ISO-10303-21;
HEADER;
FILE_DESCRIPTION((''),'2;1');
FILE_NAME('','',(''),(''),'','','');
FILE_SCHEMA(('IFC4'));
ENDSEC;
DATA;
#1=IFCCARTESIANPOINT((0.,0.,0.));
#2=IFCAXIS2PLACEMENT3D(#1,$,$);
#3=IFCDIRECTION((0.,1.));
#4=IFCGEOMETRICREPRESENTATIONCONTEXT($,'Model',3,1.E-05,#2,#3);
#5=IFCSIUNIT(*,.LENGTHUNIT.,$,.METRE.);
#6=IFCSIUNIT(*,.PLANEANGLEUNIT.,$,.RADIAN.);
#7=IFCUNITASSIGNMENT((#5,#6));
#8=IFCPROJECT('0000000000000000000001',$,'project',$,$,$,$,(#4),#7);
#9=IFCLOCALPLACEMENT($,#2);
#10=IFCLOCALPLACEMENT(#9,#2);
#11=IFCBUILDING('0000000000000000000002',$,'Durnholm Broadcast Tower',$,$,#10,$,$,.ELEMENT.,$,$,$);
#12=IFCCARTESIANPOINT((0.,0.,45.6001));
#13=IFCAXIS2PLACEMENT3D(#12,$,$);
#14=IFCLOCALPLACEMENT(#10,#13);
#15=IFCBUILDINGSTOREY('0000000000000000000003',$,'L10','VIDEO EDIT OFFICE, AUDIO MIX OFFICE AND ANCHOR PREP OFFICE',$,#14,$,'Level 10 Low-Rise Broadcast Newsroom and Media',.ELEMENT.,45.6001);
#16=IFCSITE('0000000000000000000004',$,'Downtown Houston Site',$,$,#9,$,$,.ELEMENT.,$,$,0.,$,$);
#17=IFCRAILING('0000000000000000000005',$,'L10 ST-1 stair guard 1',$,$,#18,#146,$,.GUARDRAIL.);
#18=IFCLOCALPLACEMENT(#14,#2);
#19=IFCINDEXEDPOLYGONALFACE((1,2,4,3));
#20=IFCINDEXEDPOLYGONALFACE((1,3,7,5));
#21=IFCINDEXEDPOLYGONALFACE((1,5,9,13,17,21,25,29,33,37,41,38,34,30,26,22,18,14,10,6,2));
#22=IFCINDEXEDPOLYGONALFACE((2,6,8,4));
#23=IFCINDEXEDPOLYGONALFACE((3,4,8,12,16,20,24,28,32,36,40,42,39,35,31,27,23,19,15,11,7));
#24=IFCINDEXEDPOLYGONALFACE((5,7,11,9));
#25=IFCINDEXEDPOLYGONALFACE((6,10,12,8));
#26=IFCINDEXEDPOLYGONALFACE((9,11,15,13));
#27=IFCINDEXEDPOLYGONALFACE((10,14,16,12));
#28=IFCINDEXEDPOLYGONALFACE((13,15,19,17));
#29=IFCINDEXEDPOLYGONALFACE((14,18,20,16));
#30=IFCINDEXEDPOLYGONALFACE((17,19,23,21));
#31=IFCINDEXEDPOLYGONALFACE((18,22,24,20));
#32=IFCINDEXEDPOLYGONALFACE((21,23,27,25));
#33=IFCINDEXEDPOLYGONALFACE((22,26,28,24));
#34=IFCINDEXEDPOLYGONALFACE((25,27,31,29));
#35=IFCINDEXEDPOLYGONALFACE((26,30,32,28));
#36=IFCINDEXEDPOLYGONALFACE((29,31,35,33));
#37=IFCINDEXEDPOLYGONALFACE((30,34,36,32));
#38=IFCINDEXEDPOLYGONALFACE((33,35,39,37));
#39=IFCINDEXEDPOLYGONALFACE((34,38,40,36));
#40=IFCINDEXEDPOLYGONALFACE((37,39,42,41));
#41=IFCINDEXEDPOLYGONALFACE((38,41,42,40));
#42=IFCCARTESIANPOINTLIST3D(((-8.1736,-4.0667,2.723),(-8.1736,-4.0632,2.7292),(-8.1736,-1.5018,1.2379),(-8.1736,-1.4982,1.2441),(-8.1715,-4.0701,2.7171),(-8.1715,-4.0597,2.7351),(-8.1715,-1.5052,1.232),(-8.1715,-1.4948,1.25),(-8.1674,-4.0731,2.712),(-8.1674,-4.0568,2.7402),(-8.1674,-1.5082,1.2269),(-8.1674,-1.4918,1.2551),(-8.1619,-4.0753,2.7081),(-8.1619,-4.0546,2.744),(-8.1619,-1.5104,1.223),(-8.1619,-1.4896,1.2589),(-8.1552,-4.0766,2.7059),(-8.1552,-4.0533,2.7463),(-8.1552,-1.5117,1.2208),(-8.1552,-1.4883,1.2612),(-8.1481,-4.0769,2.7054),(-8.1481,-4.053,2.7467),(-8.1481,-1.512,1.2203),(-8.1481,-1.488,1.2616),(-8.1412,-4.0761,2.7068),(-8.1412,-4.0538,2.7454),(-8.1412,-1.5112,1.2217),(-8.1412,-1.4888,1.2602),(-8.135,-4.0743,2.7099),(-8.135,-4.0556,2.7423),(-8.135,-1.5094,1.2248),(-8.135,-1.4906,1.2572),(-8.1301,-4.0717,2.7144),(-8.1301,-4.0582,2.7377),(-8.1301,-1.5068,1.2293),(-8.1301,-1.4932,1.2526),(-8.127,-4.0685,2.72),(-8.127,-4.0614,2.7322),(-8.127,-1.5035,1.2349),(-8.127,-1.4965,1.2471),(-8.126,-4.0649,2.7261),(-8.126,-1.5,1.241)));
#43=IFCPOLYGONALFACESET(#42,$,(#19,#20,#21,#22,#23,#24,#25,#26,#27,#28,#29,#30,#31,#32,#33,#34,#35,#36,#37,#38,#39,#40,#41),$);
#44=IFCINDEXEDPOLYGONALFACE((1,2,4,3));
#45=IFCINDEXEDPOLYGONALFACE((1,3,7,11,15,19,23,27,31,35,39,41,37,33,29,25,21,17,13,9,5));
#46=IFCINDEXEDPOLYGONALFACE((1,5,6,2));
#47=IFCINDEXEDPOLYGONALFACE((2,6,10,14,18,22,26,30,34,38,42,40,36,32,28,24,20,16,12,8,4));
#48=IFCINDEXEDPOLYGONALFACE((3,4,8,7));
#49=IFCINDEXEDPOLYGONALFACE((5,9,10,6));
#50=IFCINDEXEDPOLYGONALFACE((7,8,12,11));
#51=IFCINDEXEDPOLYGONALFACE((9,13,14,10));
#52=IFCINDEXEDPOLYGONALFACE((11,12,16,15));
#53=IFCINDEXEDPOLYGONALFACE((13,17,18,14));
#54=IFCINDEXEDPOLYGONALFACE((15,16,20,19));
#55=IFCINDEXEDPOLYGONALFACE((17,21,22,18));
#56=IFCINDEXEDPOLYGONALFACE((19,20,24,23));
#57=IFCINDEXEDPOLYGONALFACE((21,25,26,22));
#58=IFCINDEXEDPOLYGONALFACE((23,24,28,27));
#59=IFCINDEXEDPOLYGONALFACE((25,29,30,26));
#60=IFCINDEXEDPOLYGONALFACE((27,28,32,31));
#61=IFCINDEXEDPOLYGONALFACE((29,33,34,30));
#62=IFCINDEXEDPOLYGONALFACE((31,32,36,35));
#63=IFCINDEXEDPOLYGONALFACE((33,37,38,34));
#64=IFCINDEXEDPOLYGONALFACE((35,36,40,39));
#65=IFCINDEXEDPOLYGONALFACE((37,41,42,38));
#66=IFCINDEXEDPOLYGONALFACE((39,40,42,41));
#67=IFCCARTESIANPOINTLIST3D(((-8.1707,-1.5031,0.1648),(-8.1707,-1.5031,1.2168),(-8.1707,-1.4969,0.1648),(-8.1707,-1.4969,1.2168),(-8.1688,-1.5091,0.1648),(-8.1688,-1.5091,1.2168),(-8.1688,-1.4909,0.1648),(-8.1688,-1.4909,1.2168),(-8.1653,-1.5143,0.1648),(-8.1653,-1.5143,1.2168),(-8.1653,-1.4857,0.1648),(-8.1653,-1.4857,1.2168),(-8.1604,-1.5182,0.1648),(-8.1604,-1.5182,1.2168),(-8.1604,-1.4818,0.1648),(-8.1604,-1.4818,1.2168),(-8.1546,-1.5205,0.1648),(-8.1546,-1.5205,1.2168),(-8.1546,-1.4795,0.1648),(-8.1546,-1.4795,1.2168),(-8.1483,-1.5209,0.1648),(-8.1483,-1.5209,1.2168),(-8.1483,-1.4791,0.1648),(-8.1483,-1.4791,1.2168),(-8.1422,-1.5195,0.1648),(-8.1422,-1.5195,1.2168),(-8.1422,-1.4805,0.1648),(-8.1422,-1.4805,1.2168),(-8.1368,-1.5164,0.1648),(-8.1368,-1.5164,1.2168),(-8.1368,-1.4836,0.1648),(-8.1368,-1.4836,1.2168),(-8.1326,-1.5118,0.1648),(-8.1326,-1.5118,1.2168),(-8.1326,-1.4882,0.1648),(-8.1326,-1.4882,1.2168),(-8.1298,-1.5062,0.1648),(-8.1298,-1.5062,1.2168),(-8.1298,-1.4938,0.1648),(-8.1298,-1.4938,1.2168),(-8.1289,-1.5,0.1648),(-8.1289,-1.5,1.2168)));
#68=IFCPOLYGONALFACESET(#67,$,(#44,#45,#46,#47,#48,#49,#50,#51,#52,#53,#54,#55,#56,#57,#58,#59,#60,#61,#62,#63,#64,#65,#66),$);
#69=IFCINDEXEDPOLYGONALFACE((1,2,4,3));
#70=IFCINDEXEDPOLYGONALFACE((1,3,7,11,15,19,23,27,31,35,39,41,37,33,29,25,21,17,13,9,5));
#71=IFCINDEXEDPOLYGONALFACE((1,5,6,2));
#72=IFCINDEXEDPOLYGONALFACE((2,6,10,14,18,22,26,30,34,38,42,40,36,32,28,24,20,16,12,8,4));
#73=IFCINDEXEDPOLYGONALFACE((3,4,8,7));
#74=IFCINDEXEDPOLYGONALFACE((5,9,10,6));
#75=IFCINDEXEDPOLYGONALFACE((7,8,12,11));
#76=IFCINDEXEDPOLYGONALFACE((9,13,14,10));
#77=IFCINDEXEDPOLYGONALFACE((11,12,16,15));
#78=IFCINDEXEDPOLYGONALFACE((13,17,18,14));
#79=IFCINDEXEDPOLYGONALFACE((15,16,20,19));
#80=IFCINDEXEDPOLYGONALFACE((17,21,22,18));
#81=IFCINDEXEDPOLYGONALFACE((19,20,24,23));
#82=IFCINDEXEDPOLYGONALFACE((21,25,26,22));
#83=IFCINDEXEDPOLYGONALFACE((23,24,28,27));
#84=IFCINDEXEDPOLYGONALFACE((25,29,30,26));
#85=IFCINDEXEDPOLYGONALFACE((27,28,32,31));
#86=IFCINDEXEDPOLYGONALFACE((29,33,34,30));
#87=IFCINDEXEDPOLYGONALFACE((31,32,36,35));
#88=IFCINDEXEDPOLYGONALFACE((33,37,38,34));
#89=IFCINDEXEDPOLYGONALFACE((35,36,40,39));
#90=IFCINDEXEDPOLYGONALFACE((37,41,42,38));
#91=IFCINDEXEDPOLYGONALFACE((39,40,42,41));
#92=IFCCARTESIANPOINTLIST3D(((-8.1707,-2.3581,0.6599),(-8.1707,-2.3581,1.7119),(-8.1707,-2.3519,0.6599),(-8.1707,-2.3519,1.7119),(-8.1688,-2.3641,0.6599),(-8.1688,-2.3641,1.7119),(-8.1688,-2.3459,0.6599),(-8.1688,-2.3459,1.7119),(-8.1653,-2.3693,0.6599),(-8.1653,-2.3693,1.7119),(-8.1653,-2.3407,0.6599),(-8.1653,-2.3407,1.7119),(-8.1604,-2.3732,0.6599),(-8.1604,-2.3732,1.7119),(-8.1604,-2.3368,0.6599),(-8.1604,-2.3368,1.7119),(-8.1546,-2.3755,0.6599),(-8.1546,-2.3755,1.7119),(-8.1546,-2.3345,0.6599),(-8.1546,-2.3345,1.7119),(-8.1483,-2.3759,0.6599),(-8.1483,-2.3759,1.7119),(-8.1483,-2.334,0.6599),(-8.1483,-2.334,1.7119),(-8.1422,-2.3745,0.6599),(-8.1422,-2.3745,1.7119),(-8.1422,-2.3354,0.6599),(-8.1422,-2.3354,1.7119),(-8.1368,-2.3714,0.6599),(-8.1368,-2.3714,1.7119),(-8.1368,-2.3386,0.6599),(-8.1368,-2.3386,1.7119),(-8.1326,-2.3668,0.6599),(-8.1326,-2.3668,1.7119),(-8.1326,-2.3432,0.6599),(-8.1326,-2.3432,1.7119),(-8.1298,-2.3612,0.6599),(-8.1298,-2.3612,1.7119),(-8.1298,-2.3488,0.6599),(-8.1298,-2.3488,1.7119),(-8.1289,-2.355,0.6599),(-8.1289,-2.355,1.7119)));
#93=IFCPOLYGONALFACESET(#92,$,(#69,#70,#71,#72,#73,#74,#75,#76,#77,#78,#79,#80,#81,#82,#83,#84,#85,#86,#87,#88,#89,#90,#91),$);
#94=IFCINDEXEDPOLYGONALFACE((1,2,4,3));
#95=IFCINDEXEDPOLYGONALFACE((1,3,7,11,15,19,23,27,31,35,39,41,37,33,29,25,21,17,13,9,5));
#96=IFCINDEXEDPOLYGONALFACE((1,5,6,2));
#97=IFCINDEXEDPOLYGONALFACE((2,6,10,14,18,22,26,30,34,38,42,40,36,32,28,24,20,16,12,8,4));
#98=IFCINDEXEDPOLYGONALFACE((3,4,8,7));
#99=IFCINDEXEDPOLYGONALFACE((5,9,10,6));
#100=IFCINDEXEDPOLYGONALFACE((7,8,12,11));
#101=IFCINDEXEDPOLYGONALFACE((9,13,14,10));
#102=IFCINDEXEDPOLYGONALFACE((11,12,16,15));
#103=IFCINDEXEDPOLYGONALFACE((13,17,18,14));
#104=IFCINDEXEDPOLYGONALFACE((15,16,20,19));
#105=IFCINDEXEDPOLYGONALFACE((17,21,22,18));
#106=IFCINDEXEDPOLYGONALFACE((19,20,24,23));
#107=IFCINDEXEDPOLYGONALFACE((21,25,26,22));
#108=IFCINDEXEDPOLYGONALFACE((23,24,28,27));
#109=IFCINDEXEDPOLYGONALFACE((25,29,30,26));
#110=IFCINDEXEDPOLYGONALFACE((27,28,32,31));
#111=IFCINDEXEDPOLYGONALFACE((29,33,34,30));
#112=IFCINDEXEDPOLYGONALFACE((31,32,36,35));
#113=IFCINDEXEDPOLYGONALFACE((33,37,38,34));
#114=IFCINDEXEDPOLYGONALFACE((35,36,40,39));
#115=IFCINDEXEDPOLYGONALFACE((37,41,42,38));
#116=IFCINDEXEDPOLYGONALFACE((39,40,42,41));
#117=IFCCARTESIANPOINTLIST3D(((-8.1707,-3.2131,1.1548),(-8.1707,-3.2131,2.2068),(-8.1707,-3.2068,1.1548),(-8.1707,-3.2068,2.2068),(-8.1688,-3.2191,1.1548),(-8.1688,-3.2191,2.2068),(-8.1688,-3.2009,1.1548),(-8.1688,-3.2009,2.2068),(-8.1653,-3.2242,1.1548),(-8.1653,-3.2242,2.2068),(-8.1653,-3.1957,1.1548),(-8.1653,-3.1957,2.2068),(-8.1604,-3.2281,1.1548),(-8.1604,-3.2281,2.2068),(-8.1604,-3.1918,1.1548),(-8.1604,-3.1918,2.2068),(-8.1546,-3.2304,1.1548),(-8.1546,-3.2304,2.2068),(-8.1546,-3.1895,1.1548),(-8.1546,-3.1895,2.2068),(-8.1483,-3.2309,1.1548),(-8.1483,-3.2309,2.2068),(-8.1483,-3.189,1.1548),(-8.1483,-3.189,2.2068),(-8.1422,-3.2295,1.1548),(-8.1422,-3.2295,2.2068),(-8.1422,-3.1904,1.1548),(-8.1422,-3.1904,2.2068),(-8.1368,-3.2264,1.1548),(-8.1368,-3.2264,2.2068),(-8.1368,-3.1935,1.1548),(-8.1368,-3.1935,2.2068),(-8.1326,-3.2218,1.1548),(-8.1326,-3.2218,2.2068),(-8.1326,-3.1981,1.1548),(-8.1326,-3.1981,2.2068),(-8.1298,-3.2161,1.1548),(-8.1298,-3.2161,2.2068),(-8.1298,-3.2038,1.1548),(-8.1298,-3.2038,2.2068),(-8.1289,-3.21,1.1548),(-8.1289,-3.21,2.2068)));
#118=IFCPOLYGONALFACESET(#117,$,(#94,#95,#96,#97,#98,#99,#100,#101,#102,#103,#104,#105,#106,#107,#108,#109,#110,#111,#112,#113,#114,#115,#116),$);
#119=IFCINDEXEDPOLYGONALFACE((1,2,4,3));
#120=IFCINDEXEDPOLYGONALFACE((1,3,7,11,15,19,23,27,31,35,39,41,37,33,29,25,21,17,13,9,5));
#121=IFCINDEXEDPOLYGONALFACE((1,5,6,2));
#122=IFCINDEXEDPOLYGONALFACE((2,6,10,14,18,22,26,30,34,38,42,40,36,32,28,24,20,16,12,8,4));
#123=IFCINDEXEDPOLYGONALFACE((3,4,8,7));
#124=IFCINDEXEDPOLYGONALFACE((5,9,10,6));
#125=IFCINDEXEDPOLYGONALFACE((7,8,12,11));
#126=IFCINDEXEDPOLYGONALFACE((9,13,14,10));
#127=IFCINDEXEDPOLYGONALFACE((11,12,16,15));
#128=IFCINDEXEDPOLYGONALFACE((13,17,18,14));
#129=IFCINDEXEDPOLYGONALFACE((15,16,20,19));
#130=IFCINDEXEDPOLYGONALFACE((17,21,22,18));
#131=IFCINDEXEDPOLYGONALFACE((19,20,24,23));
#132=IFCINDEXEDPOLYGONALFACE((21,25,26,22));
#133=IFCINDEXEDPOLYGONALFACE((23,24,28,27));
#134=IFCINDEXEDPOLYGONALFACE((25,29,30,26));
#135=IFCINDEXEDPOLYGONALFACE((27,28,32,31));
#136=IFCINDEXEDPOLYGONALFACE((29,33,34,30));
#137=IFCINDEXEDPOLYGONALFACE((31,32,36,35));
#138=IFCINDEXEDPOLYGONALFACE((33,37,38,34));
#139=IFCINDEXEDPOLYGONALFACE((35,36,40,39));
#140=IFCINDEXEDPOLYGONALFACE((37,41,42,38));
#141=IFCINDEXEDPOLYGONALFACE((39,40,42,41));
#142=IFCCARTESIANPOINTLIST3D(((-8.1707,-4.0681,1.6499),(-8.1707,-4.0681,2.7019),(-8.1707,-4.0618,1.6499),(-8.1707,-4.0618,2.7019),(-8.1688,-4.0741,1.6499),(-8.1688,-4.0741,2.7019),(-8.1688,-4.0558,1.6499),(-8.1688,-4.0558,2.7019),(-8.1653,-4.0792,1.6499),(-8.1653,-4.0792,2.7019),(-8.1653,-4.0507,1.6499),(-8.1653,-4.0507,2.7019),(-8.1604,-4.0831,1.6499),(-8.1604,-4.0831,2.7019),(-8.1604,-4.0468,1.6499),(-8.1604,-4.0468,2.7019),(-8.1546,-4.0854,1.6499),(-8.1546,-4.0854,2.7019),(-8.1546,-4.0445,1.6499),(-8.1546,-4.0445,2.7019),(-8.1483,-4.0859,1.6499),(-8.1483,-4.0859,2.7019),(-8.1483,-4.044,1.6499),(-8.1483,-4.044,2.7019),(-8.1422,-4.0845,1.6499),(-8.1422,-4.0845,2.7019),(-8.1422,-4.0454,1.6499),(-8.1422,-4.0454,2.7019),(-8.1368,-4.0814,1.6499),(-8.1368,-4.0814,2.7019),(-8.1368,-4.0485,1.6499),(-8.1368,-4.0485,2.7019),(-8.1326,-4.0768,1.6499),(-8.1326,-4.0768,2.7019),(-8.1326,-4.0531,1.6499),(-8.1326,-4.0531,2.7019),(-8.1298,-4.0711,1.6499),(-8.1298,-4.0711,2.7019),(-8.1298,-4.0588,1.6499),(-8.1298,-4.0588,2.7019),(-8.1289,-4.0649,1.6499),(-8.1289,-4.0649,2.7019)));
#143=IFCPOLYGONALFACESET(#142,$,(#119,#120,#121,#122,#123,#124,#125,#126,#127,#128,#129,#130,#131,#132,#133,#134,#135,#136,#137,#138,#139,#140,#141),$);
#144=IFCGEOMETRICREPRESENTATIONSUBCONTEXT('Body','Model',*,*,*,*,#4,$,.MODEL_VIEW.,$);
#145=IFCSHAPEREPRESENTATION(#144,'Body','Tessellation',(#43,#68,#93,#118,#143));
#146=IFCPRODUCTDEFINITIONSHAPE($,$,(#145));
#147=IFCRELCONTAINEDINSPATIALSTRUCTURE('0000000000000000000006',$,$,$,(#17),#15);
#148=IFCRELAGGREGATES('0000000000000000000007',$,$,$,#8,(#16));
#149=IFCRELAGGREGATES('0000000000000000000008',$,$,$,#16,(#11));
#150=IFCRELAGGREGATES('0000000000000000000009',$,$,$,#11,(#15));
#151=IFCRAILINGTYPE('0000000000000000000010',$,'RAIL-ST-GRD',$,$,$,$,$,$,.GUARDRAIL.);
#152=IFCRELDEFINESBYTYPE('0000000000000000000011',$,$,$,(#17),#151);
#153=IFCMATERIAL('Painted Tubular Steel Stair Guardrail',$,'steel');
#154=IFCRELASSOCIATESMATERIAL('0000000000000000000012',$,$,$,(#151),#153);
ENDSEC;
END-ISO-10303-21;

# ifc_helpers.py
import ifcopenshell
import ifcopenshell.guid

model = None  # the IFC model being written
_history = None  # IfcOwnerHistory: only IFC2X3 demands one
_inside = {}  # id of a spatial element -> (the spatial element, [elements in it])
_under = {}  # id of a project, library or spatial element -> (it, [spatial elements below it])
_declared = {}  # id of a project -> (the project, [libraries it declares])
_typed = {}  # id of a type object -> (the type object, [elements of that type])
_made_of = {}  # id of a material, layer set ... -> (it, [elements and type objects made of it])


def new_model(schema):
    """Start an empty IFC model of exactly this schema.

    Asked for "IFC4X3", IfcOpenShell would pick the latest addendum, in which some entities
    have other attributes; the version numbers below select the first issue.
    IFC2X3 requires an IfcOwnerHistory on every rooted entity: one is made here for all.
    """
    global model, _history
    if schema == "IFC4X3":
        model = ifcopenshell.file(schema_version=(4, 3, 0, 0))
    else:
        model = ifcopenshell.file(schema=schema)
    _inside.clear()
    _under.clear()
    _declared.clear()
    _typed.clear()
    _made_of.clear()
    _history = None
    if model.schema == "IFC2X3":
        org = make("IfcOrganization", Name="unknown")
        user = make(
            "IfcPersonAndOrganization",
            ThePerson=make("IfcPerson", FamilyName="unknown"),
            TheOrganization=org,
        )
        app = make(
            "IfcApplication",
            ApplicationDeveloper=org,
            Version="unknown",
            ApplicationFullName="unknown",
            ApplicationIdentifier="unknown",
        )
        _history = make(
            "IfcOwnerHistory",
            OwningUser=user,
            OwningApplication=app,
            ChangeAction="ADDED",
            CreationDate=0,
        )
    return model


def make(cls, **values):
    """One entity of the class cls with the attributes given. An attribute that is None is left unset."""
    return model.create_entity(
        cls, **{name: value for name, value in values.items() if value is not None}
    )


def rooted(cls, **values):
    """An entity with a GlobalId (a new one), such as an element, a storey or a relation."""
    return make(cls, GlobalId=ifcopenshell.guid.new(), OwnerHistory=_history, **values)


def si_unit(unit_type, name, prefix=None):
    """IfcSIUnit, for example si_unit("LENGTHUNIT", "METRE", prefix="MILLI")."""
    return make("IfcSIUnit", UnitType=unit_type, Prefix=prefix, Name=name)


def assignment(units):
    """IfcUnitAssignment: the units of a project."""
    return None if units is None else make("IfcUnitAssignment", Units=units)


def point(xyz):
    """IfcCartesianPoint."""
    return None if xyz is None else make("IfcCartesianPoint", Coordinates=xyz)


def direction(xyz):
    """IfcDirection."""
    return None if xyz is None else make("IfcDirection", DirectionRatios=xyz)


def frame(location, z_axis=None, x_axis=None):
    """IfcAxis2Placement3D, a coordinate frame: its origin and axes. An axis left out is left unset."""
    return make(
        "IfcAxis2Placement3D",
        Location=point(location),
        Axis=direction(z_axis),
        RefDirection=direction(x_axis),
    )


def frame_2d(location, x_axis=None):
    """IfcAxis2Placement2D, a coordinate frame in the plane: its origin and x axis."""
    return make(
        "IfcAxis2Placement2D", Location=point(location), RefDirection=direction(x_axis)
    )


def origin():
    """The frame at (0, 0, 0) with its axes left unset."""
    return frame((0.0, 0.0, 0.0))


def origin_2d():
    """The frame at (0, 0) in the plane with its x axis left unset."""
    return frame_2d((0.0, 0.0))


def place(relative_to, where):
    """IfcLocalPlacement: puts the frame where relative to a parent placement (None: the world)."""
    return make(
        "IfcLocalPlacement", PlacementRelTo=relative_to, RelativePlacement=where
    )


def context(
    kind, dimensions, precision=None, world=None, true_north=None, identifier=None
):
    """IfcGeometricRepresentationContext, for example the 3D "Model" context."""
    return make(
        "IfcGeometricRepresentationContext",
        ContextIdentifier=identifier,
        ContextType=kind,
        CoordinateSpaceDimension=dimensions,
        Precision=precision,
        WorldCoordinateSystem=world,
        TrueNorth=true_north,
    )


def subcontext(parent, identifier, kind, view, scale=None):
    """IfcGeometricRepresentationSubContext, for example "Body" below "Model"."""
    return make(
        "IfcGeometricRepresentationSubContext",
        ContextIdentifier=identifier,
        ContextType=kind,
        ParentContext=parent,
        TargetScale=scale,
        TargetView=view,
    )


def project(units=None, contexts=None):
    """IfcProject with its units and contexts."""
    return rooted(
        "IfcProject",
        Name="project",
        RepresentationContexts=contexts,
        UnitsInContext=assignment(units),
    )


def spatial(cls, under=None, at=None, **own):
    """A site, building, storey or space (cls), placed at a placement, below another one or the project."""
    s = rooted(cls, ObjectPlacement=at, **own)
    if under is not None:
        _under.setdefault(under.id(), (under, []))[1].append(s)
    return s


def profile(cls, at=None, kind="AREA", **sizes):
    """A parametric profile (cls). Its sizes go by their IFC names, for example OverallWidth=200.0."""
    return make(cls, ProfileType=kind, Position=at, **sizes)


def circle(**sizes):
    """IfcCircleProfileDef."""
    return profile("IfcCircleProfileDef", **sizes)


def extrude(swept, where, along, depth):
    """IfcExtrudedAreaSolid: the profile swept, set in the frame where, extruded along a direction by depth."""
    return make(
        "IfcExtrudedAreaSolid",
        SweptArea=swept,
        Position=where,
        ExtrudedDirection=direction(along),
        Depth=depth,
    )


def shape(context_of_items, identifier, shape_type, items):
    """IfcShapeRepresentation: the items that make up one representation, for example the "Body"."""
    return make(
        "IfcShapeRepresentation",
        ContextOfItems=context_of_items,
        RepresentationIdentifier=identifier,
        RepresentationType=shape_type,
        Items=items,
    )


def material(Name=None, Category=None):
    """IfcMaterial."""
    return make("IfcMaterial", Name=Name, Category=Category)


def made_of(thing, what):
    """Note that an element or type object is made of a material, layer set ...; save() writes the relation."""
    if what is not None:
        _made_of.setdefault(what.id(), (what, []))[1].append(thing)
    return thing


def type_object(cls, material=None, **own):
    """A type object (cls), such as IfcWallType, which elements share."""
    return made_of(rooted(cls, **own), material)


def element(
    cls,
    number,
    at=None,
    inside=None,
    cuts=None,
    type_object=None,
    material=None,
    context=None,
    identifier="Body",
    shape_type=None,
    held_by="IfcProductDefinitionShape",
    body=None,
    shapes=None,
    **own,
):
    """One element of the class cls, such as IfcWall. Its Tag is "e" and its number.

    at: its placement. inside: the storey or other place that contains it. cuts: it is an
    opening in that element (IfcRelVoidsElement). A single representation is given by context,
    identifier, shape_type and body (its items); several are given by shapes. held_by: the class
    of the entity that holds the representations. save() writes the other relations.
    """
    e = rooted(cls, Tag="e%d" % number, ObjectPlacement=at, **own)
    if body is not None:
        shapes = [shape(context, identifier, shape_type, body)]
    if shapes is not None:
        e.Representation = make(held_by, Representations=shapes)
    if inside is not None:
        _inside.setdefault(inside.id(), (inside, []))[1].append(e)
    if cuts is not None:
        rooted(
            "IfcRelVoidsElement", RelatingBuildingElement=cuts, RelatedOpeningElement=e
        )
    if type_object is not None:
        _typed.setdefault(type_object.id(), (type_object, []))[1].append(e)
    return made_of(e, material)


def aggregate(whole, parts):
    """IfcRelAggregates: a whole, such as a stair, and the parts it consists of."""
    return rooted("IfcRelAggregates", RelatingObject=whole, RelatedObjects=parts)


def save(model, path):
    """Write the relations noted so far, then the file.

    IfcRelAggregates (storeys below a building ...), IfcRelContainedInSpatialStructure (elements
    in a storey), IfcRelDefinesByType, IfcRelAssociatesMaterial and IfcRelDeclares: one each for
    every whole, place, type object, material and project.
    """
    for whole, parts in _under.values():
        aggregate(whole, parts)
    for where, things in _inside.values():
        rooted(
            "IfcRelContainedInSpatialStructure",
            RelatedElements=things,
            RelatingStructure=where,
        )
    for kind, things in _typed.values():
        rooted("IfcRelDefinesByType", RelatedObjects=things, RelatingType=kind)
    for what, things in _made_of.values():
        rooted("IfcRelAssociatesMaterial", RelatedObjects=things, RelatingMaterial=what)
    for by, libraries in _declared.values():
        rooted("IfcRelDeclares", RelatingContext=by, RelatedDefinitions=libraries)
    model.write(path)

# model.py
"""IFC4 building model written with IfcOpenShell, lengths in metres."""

from ifc_helpers import new_model, si_unit, direction, frame, origin, origin_2d, place, context, subcontext, project, spatial, circle, extrude, material, type_object, element, save


model = new_model("IFC4")

# Units and contexts
model_context = context("Model", 3, precision=1e-05, world=origin(), true_north=direction((0.0, 1.0)))
body_context = subcontext(model_context, "Body", "Model", "MODEL_VIEW")
ifc_project = project(units=[si_unit("LENGTHUNIT", "METRE"), si_unit("PLANEANGLEUNIT", "RADIAN")], contexts=[model_context])

# Site, building, storey
site_placement = place(None, origin())
site = spatial("IfcSite", under=ifc_project, at=site_placement, Name="Downtown Houston Site", CompositionType="ELEMENT", RefElevation=0.0)
building_placement = place(site_placement, origin())
building = spatial("IfcBuilding", under=site, at=building_placement, Name="Durnholm Broadcast Tower", CompositionType="ELEMENT")
storey_placement = place(building_placement, frame((0.0, 0.0, 45.6001)))
storey = spatial("IfcBuildingStorey", under=building, at=storey_placement, Name="L10", Description="VIDEO EDIT OFFICE, AUDIO MIX OFFICE AND ANCHOR PREP OFFICE", LongName="Level 10 Low-Rise Broadcast Newsroom and Media", CompositionType="ELEMENT", Elevation=45.6001)

# Railing
ifc_material_1 = material(Name="Painted Tubular Steel Stair Guardrail", Category="steel")
railing_type_1 = type_object("IfcRailingType", Name="RAIL-ST-GRD", PredefinedType="GUARDRAIL", material=ifc_material_1)
railing_1_placement = place(storey_placement, frame((-8.1499, -1.5, 0.1648)))
element("IfcRailing", 1, at=railing_1_placement, inside=storey, type_object=railing_type_1, Name="L10 ST-1 stair guard 1", PredefinedType="GUARDRAIL", context=body_context, shape_type="SweptSolid", body=[
    extrude(circle(Radius=0.0239, at=origin_2d()), frame((0.0, 0.0, 1.0762), z_axis=(0.0, -0.865406, 0.501072), x_axis=(1.0, 0.0, 0.0)), (0.0, 0.0, 1.0), 2.9639),
    extrude(circle(Radius=0.021, at=origin_2d()), origin(), (0.0, 0.0, 1.0), 1.052),
    extrude(circle(Radius=0.021, at=origin_2d()), frame((0.0, -0.855, 0.4951)), (0.0, 0.0, 1.0), 1.052),
    extrude(circle(Radius=0.021, at=origin_2d()), frame((0.0, -1.71, 0.99)), (0.0, 0.0, 1.0), 1.052),
    extrude(circle(Radius=0.021, at=origin_2d()), frame((0.0, -2.5649, 1.4851)), (0.0, 0.0, 1.0), 1.052),
])

save(model, "model.ifc")
